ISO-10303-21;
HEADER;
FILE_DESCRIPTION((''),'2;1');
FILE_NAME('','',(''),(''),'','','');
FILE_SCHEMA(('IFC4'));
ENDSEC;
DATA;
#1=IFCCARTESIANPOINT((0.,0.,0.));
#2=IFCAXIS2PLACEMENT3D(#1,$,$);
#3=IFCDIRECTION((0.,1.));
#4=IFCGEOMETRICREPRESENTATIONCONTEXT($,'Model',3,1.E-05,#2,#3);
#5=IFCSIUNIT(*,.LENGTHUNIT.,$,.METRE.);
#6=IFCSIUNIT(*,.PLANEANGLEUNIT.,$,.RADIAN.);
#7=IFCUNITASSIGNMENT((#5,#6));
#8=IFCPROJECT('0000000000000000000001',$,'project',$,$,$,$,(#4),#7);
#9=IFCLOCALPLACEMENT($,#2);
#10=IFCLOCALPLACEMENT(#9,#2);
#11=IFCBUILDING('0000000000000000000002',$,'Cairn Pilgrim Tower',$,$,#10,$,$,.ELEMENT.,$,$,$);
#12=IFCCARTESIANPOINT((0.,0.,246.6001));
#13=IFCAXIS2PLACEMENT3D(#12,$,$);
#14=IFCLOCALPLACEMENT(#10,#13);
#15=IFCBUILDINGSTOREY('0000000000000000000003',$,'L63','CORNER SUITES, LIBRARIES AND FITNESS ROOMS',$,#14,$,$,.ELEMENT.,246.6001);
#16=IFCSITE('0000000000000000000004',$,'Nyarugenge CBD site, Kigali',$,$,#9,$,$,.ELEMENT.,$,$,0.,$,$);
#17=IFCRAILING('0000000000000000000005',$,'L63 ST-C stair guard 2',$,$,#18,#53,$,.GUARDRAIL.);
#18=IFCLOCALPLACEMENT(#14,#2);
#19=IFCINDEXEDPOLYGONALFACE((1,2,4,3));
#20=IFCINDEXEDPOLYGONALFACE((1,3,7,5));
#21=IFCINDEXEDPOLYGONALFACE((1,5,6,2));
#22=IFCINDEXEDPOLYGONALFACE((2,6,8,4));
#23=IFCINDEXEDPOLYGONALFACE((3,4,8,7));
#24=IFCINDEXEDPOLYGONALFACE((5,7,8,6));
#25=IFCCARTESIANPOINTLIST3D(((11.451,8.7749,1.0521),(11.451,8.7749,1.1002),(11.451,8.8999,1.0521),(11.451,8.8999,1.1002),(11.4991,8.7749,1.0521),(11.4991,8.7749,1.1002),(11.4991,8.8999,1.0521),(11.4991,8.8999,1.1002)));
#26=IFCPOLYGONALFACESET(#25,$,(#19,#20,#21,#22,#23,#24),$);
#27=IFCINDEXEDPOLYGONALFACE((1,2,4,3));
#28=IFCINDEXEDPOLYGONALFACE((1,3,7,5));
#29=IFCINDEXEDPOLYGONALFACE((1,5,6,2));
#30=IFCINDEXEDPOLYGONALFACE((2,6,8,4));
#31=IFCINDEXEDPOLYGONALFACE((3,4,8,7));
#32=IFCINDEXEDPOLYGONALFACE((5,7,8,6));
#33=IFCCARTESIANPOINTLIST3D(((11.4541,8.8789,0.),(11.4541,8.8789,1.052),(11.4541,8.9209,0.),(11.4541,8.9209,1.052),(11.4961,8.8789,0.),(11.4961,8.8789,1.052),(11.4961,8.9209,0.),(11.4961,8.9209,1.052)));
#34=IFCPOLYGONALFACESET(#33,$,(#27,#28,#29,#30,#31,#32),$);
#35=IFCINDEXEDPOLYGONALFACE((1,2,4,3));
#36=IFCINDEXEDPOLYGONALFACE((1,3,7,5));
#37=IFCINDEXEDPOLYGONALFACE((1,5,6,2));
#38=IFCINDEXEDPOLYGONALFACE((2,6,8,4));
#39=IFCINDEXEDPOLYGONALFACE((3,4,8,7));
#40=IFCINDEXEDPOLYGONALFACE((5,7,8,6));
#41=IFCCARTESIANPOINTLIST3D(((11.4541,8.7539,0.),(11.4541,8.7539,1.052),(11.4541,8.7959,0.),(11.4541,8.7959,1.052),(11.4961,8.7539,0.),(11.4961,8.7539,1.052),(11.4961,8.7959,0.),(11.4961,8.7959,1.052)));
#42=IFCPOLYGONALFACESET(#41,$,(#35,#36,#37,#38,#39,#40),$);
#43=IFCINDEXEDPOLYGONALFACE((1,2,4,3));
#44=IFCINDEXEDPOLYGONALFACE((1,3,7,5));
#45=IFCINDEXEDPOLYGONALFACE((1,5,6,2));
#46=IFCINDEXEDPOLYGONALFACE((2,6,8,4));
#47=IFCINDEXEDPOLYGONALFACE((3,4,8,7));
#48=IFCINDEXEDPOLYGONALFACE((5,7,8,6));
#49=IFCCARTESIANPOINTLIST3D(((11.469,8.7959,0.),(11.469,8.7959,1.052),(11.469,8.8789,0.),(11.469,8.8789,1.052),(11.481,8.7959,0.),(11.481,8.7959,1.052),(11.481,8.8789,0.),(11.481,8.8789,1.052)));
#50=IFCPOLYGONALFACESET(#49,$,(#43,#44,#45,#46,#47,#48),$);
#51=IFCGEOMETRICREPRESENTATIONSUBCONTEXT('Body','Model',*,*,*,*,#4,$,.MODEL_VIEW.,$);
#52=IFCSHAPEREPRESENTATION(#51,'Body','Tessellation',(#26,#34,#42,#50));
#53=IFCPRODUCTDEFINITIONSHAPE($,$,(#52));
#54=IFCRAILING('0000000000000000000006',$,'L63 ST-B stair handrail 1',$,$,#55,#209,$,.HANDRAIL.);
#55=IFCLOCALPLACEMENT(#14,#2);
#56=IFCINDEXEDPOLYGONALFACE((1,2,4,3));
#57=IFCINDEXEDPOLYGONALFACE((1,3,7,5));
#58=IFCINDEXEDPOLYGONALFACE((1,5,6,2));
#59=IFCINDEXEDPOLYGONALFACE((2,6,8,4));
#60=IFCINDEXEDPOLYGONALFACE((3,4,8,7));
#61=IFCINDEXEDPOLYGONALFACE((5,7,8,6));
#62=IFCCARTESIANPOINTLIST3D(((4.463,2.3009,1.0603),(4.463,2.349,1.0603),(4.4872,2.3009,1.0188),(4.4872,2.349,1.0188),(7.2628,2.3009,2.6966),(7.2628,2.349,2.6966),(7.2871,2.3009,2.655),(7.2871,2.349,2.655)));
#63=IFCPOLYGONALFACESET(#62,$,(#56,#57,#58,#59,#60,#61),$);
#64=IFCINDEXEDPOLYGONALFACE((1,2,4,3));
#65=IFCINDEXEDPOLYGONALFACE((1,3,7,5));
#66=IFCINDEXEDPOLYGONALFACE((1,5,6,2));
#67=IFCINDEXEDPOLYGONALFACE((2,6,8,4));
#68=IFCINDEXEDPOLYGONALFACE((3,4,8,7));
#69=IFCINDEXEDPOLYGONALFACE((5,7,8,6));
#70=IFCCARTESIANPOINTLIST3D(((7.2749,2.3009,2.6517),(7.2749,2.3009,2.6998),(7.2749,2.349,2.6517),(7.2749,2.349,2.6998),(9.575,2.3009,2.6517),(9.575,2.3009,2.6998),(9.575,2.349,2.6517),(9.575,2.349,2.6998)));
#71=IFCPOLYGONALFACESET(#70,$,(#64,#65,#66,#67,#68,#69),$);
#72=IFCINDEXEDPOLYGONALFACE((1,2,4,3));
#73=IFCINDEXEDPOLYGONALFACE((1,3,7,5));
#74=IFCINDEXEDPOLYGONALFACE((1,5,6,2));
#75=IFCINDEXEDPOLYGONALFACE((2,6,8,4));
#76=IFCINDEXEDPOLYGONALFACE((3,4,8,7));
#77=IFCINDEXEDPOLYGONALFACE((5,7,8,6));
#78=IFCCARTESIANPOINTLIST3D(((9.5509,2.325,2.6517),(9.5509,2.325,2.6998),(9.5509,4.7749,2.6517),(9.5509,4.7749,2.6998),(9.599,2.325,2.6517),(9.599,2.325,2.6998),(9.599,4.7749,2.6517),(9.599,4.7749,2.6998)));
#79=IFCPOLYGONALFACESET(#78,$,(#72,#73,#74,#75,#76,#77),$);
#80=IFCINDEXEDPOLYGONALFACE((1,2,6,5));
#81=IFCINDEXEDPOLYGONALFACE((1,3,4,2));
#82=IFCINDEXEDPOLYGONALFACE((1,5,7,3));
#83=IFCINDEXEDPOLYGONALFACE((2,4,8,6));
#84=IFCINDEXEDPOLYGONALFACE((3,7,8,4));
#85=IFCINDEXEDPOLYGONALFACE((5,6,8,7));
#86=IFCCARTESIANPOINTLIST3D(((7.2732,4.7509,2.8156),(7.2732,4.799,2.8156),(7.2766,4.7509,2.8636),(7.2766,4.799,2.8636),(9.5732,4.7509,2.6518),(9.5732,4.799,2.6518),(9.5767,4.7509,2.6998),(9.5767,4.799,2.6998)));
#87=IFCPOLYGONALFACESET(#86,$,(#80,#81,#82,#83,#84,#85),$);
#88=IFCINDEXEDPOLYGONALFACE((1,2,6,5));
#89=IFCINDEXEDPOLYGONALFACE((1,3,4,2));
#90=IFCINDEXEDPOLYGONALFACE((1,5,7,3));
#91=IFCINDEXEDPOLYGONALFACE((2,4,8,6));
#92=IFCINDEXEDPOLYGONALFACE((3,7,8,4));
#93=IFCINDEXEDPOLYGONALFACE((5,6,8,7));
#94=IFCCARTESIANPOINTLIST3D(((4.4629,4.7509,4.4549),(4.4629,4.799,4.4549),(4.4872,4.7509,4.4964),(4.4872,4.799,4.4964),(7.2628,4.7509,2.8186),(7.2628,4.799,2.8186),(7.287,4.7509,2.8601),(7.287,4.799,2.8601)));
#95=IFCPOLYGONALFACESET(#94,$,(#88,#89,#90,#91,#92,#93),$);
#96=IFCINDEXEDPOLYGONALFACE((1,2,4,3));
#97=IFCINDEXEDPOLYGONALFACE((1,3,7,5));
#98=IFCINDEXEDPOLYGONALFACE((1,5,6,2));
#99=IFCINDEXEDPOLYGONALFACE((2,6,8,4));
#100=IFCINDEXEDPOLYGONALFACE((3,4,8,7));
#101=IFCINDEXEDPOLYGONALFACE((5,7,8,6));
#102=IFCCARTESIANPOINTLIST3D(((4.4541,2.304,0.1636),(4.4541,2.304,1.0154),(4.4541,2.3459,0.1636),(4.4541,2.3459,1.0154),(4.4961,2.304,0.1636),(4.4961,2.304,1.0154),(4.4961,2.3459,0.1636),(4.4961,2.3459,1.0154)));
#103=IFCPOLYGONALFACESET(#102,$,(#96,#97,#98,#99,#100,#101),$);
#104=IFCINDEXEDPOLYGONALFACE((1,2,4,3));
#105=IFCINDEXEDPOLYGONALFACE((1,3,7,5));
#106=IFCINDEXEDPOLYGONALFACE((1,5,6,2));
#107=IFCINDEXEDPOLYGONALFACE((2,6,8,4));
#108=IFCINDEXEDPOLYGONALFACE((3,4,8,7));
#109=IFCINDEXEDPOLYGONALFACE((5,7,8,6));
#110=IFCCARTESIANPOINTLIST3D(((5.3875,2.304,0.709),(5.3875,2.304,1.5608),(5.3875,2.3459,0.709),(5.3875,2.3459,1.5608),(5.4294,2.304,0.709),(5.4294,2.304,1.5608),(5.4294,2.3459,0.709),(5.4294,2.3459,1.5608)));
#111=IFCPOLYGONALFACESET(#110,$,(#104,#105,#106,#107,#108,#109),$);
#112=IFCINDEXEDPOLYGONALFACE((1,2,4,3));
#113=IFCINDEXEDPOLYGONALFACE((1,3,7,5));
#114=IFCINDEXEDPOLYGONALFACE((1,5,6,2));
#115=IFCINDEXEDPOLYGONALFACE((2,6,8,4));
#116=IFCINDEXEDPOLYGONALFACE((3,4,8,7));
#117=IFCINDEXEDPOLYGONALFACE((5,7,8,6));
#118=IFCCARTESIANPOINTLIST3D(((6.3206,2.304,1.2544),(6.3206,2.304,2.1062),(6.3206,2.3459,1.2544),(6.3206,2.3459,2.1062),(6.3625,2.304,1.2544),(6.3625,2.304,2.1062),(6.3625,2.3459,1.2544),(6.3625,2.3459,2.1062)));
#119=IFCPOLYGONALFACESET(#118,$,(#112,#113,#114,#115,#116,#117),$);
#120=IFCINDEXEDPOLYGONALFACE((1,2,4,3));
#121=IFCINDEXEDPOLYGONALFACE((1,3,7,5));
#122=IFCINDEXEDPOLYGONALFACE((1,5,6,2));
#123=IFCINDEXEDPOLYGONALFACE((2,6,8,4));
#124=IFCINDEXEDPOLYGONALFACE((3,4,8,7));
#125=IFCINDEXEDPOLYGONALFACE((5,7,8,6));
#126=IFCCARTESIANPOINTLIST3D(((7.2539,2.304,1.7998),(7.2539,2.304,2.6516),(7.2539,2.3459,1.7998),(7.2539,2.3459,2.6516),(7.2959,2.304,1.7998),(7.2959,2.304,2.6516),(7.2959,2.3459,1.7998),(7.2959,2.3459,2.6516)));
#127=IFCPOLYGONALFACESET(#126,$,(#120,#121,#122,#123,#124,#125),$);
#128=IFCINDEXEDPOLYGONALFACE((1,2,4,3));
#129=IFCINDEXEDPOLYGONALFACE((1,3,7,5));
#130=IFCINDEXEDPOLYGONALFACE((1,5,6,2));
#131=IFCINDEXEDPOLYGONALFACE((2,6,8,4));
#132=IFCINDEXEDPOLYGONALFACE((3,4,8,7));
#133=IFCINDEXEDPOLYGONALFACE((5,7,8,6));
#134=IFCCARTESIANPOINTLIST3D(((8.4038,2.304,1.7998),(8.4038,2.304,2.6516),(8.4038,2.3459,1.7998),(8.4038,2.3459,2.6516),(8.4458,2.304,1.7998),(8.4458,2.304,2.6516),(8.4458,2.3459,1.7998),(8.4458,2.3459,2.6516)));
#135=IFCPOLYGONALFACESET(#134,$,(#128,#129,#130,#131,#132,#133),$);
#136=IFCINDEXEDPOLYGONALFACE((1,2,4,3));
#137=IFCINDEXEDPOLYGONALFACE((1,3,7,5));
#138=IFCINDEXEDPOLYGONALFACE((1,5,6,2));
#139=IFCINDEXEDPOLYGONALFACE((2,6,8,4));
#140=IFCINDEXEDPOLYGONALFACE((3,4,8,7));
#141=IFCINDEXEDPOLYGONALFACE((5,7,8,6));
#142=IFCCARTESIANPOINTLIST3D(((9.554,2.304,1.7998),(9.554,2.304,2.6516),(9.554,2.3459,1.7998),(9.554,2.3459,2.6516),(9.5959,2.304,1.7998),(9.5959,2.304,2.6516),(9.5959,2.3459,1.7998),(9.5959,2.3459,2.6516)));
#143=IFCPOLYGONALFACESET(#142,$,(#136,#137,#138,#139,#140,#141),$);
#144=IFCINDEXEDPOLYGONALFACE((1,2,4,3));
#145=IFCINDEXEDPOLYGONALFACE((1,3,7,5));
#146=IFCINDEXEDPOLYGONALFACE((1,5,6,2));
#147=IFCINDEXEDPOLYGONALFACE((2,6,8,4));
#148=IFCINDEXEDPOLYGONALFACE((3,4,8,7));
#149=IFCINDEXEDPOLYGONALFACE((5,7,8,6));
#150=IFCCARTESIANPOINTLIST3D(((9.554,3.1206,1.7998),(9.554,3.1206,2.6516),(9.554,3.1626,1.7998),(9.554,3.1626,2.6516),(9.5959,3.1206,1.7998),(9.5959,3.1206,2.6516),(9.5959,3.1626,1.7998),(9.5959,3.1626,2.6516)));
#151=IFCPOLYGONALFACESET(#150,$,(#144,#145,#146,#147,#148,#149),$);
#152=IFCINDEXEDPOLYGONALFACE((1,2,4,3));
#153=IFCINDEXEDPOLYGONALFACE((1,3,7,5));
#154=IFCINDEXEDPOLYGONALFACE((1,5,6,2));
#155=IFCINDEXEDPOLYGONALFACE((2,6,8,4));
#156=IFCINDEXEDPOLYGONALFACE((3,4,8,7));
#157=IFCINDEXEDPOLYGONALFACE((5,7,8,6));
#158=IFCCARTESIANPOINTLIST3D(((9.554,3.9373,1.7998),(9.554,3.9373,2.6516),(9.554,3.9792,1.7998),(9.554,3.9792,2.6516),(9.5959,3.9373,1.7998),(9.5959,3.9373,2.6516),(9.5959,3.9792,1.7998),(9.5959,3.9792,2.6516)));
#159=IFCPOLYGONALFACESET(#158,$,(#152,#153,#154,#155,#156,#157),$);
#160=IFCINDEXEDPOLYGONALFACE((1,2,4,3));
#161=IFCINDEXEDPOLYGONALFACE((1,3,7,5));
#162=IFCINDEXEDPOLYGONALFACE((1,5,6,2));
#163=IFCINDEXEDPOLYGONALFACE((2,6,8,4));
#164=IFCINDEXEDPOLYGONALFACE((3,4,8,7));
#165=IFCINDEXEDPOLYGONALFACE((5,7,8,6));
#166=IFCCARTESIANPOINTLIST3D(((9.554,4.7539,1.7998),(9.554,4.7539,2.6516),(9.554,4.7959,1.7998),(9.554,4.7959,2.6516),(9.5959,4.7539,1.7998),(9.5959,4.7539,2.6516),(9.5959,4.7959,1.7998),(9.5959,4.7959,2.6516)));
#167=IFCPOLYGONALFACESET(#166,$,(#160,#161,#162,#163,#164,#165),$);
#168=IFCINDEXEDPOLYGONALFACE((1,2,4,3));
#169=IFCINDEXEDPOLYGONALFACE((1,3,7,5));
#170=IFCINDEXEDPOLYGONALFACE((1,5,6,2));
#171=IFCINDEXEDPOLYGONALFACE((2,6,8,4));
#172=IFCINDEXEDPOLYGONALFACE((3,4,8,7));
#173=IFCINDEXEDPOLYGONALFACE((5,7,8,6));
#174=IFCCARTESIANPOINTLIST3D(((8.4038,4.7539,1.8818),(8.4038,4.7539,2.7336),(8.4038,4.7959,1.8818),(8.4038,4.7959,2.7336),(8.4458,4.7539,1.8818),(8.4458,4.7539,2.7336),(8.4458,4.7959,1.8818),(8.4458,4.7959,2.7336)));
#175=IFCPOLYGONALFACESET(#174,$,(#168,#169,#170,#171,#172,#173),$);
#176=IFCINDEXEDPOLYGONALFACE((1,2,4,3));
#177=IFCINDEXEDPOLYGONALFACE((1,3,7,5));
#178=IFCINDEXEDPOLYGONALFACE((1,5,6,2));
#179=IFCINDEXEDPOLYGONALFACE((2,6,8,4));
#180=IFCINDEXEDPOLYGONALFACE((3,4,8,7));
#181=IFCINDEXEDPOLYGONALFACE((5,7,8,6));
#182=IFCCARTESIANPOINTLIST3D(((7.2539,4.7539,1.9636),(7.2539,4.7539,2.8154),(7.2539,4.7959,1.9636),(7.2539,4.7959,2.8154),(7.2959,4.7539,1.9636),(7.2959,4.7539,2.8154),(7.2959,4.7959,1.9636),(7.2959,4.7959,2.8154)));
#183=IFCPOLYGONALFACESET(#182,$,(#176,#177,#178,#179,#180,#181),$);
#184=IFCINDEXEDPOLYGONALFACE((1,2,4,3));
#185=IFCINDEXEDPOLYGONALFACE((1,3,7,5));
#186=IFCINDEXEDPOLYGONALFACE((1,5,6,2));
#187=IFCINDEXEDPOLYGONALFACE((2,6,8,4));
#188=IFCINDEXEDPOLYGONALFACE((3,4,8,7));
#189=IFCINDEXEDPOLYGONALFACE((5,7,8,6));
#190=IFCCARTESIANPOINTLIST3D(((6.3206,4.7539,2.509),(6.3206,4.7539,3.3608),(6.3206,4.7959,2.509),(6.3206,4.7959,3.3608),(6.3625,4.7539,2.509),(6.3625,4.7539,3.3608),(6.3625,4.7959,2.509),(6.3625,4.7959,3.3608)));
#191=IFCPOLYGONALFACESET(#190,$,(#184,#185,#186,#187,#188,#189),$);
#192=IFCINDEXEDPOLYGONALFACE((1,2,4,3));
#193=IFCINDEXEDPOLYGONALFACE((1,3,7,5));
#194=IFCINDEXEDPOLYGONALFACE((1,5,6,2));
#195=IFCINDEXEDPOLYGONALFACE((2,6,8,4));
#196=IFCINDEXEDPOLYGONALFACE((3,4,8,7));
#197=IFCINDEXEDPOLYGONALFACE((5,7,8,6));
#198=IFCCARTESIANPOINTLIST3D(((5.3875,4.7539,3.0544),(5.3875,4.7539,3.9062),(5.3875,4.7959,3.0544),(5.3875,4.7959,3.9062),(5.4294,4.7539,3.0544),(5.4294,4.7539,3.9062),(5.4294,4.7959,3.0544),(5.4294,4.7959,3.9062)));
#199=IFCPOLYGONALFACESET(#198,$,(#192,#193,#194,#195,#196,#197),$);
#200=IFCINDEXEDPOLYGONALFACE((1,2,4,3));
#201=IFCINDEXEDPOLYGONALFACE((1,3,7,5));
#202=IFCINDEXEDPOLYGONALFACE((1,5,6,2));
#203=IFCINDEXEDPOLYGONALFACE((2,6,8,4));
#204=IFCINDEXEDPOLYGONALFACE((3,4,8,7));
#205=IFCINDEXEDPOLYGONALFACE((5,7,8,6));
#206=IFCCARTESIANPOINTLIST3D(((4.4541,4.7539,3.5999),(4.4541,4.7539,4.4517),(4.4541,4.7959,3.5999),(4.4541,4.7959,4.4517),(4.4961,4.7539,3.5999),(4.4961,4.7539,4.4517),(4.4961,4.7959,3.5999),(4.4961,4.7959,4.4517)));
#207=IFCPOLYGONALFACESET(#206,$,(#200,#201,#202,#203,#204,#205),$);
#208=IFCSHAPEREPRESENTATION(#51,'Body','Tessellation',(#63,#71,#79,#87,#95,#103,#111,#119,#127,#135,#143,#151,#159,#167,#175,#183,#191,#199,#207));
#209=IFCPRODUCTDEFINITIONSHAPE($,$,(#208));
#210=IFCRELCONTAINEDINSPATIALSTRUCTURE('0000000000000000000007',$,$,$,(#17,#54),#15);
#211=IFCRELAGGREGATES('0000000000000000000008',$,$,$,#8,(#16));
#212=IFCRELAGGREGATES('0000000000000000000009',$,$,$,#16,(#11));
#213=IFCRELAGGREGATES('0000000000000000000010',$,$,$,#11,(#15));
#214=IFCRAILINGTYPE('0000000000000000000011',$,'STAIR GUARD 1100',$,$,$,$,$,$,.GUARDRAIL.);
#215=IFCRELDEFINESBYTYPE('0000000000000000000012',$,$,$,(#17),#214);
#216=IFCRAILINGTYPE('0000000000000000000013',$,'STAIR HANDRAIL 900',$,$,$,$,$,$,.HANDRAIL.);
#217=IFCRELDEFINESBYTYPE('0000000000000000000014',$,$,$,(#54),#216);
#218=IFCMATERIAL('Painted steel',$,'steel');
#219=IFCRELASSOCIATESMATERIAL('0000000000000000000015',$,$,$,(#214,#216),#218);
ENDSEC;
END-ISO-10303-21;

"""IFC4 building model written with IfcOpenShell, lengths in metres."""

from ifc_helpers import new_model, si_unit, direction, frame, origin, origin_2d, place, context, subcontext, project, spatial, polyline, rectangle, outline, extrude, material, type_object, element, save


model = new_model("IFC4")

# Units and contexts
model_context = context("Model", 3, precision=1e-05, world=origin(), true_north=direction((0.0, 1.0)))
body_context = subcontext(model_context, "Body", "Model", "MODEL_VIEW")
ifc_project = project(units=[si_unit("LENGTHUNIT", "METRE"), si_unit("PLANEANGLEUNIT", "RADIAN")], contexts=[model_context])

# Site, building, storey
site_placement = place(None, origin())
site = spatial("IfcSite", under=ifc_project, at=site_placement, Name="Nyarugenge CBD site, Kigali", CompositionType="ELEMENT", RefElevation=0.0)
building_placement = place(site_placement, origin())
building = spatial("IfcBuilding", under=site, at=building_placement, Name="Cairn Pilgrim Tower", CompositionType="ELEMENT")
storey_placement = place(building_placement, frame((0.0, 0.0, 246.6001)))
storey = spatial("IfcBuildingStorey", under=building, at=storey_placement, Name="L63", Description="CORNER SUITES, LIBRARIES AND FITNESS ROOMS", CompositionType="ELEMENT", Elevation=246.6001)

# Shared definitions
ifc_material_1 = material(Name="Painted steel", Category="steel")

# Railings
railing_type_1 = type_object("IfcRailingType", Name="STAIR GUARD 1100", PredefinedType="GUARDRAIL", material=ifc_material_1)
railing_1_placement = place(storey_placement, frame((11.4751, 8.8999, 0.0)))
element("IfcRailing", 1, at=railing_1_placement, inside=storey, type_object=railing_type_1, Name="L63 ST-C stair guard 2", PredefinedType="GUARDRAIL", context=body_context, shape_type="SweptSolid", body=[
    extrude(rectangle(XDim=0.0481, YDim=0.0481, at=origin_2d()), frame((0.0, 0.0, 1.0762), z_axis=(0.0, -1.0, 0.0), x_axis=(1.0, 0.0, 0.0)), (0.0, 0.0, 1.0), 0.125),
    extrude(rectangle(XDim=0.042, YDim=0.042, at=origin_2d()), origin(), (0.0, 0.0, 1.0), 1.052),
    extrude(rectangle(XDim=0.042, YDim=0.042, at=origin_2d()), frame((0.0, -0.125, 0.0)), (0.0, 0.0, 1.0), 1.052),
    extrude(outline(polyline([(0.021, 0.0), (0.104, 0.0), (0.104, 1.052), (0.021, 1.052), (0.021, 0.0)])), frame((0.0059, 0.0, 0.0), z_axis=(-1.0, 0.0, 0.0), x_axis=(0.0, -1.0, 0.0)), (0.0, 0.0, 1.0), 0.012),
])
railing_type_2 = type_object("IfcRailingType", Name="STAIR HANDRAIL 900", PredefinedType="HANDRAIL", material=ifc_material_1)
railing_2_placement = place(storey_placement, frame((4.4751, 2.325, 0.1636)))
element("IfcRailing", 2, at=railing_2_placement, inside=storey, type_object=railing_type_2, Name="L63 ST-B stair handrail 1", PredefinedType="HANDRAIL", context=body_context, shape_type="SweptSolid", body=[
    extrude(rectangle(XDim=0.0481, YDim=0.0481, at=origin_2d()), frame((0.0, 0.0, 0.876), z_axis=(0.863374, 0.0, 0.504564), x_axis=(0.0, 1.0, 0.0)), (0.0, 0.0, 1.0), 3.2429),
    extrude(rectangle(XDim=0.0481, YDim=0.0481, at=origin_2d()), frame((2.7998, 0.0, 2.5122), z_axis=(1.0, 0.0, 0.0), x_axis=(0.0, 1.0, 0.0)), (0.0, 0.0, 1.0), 2.3),
    extrude(rectangle(XDim=0.0481, YDim=0.0481, at=origin_2d()), frame((5.0999, 0.0, 2.5122), z_axis=(0.0, 1.0, 0.0), x_axis=(-1.0, 0.0, 0.0)), (0.0, 0.0, 1.0), 2.45),
    extrude(rectangle(XDim=0.0481, YDim=0.0481, at=origin_2d()), frame((5.0999, 2.45, 2.5122), z_axis=(-0.997473, 0.0, 0.071044), x_axis=(0.0, -1.0, 0.0)), (0.0, 0.0, 1.0), 2.3059),
    extrude(rectangle(XDim=0.0481, YDim=0.0481, at=origin_2d()), frame((2.7998, 2.45, 2.6758), z_axis=(-0.863374, 0.0, 0.504564), x_axis=(0.0, -1.0, 0.0)), (0.0, 0.0, 1.0), 3.2429),
    extrude(rectangle(XDim=0.042, YDim=0.042, at=origin_2d()), origin(), (0.0, 0.0, 1.0), 0.8518),
    extrude(rectangle(XDim=0.042, YDim=0.042, at=origin_2d()), frame((0.9333, 0.0, 0.5454)), (0.0, 0.0, 1.0), 0.8518),
    extrude(rectangle(XDim=0.042, YDim=0.042, at=origin_2d()), frame((1.8665, 0.0, 1.0908)), (0.0, 0.0, 1.0), 0.8518),
    extrude(rectangle(XDim=0.042, YDim=0.042, at=origin_2d()), frame((2.7998, 0.0, 1.6362)), (0.0, 0.0, 1.0), 0.8518),
    extrude(rectangle(XDim=0.042, YDim=0.042, at=origin_2d()), frame((3.9497, 0.0, 1.6362)), (0.0, 0.0, 1.0), 0.8518),
    extrude(rectangle(XDim=0.042, YDim=0.042, at=origin_2d()), frame((5.0999, 0.0, 1.6362)), (0.0, 0.0, 1.0), 0.8518),
    extrude(rectangle(XDim=0.042, YDim=0.042, at=origin_2d()), frame((5.0999, 0.8167, 1.6362)), (0.0, 0.0, 1.0), 0.8518),
    extrude(rectangle(XDim=0.042, YDim=0.042, at=origin_2d()), frame((5.0999, 1.6333, 1.6362)), (0.0, 0.0, 1.0), 0.8518),
    extrude(rectangle(XDim=0.042, YDim=0.042, at=origin_2d()), frame((5.0999, 2.45, 1.6362)), (0.0, 0.0, 1.0), 0.8518),
    extrude(rectangle(XDim=0.042, YDim=0.042, at=origin_2d()), frame((3.9497, 2.45, 1.7183)), (0.0, 0.0, 1.0), 0.8518),
    extrude(rectangle(XDim=0.042, YDim=0.042, at=origin_2d()), frame((2.7998, 2.45, 1.8)), (0.0, 0.0, 1.0), 0.8518),
    extrude(rectangle(XDim=0.042, YDim=0.042, at=origin_2d()), frame((1.8665, 2.45, 2.3455)), (0.0, 0.0, 1.0), 0.8518),
    extrude(rectangle(XDim=0.042, YDim=0.042, at=origin_2d()), frame((0.9333, 2.45, 2.8909)), (0.0, 0.0, 1.0), 0.8518),
    extrude(rectangle(XDim=0.042, YDim=0.042, at=origin_2d()), frame((0.0, 2.45, 3.4363)), (0.0, 0.0, 1.0), 0.8518),
])

save(model, "model.ifc")
